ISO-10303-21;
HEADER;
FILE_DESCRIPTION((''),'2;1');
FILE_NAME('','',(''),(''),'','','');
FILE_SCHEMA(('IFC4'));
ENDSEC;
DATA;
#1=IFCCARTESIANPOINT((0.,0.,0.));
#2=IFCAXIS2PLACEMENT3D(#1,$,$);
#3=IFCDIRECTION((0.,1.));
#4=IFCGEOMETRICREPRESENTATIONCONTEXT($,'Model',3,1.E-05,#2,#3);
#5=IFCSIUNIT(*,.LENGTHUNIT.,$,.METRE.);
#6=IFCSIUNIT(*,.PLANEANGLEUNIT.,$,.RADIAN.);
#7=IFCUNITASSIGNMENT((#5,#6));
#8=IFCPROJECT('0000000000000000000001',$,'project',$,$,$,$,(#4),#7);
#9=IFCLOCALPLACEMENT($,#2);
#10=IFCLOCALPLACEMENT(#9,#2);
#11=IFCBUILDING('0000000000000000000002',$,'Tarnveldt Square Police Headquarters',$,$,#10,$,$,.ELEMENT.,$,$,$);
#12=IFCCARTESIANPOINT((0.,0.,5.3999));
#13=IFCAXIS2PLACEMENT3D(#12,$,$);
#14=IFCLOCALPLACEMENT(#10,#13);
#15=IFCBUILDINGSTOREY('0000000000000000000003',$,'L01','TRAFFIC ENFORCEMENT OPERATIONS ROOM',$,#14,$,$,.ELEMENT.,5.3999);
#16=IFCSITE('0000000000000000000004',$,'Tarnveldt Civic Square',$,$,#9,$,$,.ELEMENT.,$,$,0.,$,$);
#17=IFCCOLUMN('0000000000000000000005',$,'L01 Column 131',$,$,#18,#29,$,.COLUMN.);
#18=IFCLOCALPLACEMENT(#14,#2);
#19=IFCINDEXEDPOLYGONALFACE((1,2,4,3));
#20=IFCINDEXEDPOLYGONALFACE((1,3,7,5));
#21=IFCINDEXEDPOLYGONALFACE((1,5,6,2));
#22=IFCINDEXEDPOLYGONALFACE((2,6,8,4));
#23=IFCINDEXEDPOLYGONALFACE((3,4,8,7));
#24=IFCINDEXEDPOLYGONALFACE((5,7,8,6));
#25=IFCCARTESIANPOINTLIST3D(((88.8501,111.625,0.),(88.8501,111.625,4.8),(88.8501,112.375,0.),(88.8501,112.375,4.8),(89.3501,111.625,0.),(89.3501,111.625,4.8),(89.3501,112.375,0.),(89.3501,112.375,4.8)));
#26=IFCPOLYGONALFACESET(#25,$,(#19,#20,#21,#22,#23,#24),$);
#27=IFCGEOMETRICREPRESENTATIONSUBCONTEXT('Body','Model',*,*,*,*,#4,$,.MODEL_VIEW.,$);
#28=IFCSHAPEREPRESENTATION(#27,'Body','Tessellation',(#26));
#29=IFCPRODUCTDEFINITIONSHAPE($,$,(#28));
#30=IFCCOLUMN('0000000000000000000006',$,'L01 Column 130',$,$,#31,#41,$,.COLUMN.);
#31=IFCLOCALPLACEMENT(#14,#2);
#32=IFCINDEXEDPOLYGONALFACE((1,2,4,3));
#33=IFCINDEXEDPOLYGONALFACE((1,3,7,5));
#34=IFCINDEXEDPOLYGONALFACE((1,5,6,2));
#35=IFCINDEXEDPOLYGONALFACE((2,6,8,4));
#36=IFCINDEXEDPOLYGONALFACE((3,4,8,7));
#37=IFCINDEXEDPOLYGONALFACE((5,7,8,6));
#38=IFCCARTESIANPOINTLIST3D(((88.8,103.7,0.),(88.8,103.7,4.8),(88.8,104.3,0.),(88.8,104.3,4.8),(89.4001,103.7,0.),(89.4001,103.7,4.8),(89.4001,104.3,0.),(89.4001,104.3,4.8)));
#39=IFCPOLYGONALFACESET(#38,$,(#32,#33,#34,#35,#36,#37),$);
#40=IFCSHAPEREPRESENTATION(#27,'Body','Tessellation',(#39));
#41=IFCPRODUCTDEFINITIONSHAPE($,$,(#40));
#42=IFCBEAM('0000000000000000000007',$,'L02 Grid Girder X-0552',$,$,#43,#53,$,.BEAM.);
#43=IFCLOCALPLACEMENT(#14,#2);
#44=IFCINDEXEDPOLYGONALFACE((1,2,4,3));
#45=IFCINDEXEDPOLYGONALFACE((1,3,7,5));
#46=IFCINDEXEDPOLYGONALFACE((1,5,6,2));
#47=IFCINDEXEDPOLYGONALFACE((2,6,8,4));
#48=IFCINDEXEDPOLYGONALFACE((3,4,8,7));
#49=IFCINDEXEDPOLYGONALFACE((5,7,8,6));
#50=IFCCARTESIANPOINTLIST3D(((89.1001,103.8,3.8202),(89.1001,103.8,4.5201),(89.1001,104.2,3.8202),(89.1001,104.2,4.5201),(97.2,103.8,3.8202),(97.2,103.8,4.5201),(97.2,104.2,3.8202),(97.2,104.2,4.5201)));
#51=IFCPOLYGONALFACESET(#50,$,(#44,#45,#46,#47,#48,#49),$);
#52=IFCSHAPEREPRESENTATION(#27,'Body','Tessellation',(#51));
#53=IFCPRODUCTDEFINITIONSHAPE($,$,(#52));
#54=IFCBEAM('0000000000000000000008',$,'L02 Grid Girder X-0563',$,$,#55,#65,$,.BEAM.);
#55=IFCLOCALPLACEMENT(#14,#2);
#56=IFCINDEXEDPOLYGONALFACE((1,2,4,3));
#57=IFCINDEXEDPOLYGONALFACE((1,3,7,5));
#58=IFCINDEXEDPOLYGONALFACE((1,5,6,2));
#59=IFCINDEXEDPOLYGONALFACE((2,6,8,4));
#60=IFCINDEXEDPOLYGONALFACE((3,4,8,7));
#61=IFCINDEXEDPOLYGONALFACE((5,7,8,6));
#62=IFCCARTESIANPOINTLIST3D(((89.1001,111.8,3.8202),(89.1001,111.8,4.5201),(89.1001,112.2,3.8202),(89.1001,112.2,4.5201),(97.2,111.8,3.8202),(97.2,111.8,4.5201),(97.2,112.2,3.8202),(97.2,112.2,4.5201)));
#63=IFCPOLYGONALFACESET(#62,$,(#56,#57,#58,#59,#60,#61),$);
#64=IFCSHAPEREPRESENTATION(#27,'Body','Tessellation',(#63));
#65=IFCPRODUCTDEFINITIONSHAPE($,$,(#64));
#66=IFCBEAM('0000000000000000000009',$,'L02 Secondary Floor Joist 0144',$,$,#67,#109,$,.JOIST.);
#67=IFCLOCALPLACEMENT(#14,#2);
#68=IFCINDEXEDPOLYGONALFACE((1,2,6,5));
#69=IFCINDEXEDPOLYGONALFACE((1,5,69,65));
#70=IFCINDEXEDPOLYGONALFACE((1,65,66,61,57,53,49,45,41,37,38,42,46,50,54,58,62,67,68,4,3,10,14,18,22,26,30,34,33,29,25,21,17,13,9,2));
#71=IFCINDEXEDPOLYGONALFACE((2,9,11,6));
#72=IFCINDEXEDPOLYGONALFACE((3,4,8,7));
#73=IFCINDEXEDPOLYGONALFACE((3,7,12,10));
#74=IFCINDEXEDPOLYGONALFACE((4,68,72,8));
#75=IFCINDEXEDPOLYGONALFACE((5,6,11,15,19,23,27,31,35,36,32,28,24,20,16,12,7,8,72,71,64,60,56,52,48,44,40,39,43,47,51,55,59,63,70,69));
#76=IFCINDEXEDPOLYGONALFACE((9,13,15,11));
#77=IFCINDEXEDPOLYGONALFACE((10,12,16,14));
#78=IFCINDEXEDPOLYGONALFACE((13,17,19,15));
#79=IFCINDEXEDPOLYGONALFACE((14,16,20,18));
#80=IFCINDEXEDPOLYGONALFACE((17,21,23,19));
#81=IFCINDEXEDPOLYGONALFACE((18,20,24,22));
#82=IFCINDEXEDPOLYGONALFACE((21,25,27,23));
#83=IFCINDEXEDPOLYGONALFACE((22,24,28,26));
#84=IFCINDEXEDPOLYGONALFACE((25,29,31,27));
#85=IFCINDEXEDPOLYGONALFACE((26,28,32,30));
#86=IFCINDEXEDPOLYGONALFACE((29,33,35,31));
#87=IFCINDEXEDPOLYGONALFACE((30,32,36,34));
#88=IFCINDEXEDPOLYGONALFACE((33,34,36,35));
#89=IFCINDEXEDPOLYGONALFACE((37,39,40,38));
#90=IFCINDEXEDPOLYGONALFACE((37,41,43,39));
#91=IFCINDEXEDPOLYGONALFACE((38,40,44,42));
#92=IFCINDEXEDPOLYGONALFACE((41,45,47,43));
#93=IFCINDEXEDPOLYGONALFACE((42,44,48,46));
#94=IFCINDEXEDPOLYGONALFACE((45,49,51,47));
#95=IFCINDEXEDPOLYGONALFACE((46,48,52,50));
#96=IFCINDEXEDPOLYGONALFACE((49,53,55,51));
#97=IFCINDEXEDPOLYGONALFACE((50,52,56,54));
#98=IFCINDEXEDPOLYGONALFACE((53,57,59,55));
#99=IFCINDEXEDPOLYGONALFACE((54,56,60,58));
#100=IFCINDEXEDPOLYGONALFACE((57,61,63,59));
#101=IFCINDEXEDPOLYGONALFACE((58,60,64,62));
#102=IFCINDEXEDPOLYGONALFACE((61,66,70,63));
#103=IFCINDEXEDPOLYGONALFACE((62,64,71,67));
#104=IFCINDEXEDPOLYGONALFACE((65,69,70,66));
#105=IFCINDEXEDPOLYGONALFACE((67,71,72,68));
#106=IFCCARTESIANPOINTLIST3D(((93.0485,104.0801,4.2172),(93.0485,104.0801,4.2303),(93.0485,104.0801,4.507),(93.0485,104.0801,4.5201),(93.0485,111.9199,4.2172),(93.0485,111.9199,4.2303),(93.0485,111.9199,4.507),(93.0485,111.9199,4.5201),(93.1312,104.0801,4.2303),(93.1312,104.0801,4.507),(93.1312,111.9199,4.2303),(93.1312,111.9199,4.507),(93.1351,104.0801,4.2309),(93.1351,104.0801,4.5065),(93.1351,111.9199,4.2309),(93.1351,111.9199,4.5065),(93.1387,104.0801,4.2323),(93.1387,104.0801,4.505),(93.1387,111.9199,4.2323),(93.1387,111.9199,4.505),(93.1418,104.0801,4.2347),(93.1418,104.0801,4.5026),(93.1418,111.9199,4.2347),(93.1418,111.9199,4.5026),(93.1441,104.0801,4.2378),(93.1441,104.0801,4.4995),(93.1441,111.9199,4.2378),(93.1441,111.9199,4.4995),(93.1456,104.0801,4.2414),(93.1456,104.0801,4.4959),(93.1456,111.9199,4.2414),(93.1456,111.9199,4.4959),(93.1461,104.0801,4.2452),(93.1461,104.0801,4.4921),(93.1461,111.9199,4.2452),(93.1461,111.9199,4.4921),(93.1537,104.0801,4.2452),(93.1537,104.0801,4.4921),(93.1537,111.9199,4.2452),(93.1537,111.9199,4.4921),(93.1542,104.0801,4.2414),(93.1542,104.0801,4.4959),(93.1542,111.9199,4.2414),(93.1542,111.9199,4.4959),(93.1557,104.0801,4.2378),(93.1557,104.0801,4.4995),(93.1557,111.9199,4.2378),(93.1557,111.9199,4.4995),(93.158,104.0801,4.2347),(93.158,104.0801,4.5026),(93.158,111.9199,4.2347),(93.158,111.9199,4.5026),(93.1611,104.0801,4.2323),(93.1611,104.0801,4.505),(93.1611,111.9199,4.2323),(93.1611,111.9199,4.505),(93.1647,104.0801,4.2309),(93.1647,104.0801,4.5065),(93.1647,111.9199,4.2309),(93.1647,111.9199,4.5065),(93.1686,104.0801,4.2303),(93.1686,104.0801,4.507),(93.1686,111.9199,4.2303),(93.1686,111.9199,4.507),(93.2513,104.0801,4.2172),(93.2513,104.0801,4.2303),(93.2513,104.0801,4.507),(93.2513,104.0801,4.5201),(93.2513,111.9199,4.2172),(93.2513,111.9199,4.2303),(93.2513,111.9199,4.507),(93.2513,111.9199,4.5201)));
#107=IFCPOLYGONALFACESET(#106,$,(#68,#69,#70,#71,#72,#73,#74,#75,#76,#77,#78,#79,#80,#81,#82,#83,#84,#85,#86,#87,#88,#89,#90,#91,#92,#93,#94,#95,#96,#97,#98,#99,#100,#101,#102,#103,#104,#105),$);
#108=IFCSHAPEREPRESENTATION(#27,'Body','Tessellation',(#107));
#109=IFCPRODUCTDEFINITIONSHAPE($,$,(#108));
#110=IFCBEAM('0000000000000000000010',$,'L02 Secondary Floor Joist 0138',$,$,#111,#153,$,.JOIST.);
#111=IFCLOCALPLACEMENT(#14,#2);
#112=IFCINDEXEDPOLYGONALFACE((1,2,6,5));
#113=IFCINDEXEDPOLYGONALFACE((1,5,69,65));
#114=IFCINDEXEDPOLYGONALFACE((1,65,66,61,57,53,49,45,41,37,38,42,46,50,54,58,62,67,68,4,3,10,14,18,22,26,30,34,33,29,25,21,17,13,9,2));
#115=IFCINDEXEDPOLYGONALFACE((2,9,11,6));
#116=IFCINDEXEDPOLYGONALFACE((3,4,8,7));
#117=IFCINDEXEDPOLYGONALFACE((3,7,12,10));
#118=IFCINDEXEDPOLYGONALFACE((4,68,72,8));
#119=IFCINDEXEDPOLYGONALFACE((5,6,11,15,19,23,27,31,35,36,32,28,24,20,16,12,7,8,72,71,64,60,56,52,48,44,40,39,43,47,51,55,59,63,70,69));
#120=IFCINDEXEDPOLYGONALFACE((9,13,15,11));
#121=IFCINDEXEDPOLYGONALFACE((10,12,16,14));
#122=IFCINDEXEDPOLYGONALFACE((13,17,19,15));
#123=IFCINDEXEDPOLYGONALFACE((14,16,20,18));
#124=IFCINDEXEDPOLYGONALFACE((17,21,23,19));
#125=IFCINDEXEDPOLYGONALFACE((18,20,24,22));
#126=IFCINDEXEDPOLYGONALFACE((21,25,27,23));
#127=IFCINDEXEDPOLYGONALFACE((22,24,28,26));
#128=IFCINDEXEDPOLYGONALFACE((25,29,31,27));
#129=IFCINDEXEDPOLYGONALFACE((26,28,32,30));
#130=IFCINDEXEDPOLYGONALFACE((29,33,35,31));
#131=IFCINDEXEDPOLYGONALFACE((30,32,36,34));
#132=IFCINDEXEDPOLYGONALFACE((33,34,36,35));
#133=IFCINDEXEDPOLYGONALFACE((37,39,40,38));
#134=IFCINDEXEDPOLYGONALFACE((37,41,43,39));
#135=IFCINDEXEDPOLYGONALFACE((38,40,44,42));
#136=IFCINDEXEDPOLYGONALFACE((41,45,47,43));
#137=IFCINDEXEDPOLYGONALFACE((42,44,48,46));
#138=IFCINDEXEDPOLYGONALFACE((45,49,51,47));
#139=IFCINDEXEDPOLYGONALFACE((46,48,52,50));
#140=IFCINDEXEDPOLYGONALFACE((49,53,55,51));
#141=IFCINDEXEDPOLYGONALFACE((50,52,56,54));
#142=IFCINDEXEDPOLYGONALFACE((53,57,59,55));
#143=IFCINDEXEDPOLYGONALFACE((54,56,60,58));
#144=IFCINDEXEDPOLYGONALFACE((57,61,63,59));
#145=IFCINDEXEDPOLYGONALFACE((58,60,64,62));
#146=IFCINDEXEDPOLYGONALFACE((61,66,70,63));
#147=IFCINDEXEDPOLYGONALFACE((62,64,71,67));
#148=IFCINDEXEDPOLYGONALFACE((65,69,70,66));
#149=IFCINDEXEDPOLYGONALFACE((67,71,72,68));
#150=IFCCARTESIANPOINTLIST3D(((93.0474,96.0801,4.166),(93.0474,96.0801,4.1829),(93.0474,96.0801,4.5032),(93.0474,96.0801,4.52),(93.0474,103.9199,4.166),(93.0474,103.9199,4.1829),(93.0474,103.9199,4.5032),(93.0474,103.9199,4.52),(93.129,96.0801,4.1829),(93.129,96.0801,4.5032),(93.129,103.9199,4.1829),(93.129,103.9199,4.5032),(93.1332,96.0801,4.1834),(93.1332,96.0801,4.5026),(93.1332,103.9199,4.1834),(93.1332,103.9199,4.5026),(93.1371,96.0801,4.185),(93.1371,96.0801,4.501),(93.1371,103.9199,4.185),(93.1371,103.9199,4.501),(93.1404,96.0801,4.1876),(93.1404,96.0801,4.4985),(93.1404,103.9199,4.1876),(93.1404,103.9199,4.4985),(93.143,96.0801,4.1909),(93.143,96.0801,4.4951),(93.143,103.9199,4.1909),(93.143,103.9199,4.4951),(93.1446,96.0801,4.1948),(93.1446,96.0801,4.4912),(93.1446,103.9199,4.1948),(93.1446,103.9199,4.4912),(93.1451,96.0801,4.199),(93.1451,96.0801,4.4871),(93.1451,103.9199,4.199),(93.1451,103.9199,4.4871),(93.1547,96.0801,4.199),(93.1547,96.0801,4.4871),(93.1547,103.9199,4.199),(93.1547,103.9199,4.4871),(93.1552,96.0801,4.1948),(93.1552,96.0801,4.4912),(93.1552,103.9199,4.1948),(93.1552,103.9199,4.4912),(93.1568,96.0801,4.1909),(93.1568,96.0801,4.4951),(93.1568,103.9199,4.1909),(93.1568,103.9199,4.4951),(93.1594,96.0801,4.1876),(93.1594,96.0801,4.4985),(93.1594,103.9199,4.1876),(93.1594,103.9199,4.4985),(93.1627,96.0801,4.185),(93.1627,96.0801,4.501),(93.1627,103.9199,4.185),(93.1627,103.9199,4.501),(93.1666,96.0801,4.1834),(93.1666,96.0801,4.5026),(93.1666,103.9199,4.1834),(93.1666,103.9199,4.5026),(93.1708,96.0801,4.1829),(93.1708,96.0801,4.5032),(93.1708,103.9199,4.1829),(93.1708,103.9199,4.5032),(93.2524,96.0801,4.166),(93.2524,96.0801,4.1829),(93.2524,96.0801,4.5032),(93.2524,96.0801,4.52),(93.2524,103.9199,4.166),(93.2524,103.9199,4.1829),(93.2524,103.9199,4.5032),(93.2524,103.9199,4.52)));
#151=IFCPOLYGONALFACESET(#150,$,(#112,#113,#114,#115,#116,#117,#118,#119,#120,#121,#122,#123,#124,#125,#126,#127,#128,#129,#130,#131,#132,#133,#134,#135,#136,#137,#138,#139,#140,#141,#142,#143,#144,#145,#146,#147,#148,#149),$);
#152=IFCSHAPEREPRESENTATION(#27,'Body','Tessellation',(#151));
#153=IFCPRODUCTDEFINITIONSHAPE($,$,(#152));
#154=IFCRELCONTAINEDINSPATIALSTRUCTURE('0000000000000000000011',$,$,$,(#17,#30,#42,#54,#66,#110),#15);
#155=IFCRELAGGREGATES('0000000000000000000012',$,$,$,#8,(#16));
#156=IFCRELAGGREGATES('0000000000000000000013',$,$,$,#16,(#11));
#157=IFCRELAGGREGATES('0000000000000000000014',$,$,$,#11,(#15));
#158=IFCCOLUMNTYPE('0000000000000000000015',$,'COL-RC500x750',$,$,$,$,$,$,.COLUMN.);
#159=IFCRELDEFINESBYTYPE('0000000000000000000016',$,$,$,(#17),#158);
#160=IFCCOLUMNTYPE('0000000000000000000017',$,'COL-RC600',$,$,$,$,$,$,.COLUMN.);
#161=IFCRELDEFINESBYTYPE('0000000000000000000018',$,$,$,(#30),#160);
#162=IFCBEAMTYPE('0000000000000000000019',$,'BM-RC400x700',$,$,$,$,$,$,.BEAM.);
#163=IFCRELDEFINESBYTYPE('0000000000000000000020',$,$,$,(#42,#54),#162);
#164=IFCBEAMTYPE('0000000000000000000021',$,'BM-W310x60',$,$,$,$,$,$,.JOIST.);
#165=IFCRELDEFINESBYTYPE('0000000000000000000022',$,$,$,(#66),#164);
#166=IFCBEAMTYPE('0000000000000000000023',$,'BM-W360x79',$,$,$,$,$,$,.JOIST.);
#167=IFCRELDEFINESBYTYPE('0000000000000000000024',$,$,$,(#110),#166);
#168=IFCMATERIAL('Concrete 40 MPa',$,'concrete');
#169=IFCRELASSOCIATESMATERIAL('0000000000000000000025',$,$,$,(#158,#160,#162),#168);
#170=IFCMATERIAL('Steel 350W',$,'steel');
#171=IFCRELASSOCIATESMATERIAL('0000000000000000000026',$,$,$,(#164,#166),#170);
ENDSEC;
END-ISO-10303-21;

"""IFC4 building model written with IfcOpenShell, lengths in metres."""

from ifc_helpers import new_model, si_unit, direction, frame, origin, origin_2d, place, context, subcontext, project, spatial, rectangle, i_section, extrude, material, material_profile, profile_set, type_object, element, save


model = new_model("IFC4")

# Units and contexts
model_context = context("Model", 3, precision=1e-05, world=origin(), true_north=direction((0.0, 1.0)))
body_context = subcontext(model_context, "Body", "Model", "MODEL_VIEW")
ifc_project = project(units=[si_unit("LENGTHUNIT", "METRE"), si_unit("PLANEANGLEUNIT", "RADIAN")], contexts=[model_context])

# Site, building, storey
site_placement = place(None, origin())
site = spatial("IfcSite", under=ifc_project, at=site_placement, Name="Tarnveldt Civic Square", CompositionType="ELEMENT", RefElevation=0.0)
building_placement = place(site_placement, origin())
building = spatial("IfcBuilding", under=site, at=building_placement, Name="Tarnveldt Square Police Headquarters", CompositionType="ELEMENT")
storey_placement = place(building_placement, frame((0.0, 0.0, 5.3999)))
storey = spatial("IfcBuildingStorey", under=building, at=storey_placement, Name="L01", Description="TRAFFIC ENFORCEMENT OPERATIONS ROOM", CompositionType="ELEMENT", Elevation=5.3999)

# Columns
ifc_material_1 = material(Name="Concrete 40 MPa", Category="concrete")
ifc_material_profile_1 = material_profile(ifc_material_1, rectangle(XDim=0.5, YDim=0.75, at=origin_2d()), Name="RC-C500x750")
ifc_profile_set_1 = profile_set([ifc_material_profile_1], Name="Concrete 40 MPa")
column_type_1 = type_object("IfcColumnType", Name="COL-RC500x750", PredefinedType="COLUMN", material=ifc_profile_set_1)
column_1_placement = place(storey_placement, frame((89.1001, 112.0, 0.0), z_axis=(0.0, 0.0, 1.0), x_axis=(1.0, 0.0, 0.0)))
element("IfcColumn", 1, at=column_1_placement, inside=storey, type_object=column_type_1, Name="L01 Column 131", PredefinedType="COLUMN", context=body_context, shape_type="SweptSolid", body=[
    extrude(rectangle(XDim=0.5, YDim=0.75, at=origin_2d()), origin(), (0.0, 0.0, 1.0), 4.8),
])
ifc_material_profile_2 = material_profile(ifc_material_1, rectangle(XDim=0.6001, YDim=0.6001, at=origin_2d()), Name="RC-C600x600")
ifc_profile_set_2 = profile_set([ifc_material_profile_2], Name="Concrete 40 MPa")
column_type_2 = type_object("IfcColumnType", Name="COL-RC600", PredefinedType="COLUMN", material=ifc_profile_set_2)
column_2_placement = place(storey_placement, frame((89.1001, 104.0, 0.0), z_axis=(0.0, 0.0, 1.0), x_axis=(1.0, 0.0, 0.0)))
element("IfcColumn", 2, at=column_2_placement, inside=storey, type_object=column_type_2, Name="L01 Column 130", PredefinedType="COLUMN", context=body_context, shape_type="SweptSolid", body=[
    extrude(rectangle(XDim=0.6001, YDim=0.6001, at=origin_2d()), origin(), (0.0, 0.0, 1.0), 4.8),
])

# Beams
ifc_material_profile_3 = material_profile(ifc_material_1, rectangle(XDim=0.3999, YDim=0.7, at=origin_2d()), Name="RC-B400x700")
ifc_profile_set_3 = profile_set([ifc_material_profile_3], Name="Concrete 40 MPa")
beam_type_1 = type_object("IfcBeamType", Name="BM-RC400x700", PredefinedType="BEAM", material=ifc_profile_set_3)
for number, where, z_axis, x_axis, name in (
    (3, (89.1001, 104.0, 4.1702), (1.0, 0.0, 0.0), (0.0, 1.0, 0.0), "L02 Grid Girder X-0552"),
    (4, (89.1001, 112.0, 4.1702), (1.0, 0.0, 0.0), (0.0, 1.0, 0.0), "L02 Grid Girder X-0563"),
):
    element("IfcBeam", number, at=place(storey_placement, frame(where, z_axis=z_axis, x_axis=x_axis)), inside=storey, type_object=beam_type_1, Name=name, PredefinedType="BEAM", context=body_context, shape_type="SweptSolid", body=[
        extrude(rectangle(XDim=0.3999, YDim=0.7, at=origin_2d()), origin(), (0.0, 0.0, 1.0), 8.0999),
    ])
ifc_material_2 = material(Name="Steel 350W", Category="steel")
ifc_material_profile_4 = material_profile(ifc_material_2, i_section(OverallWidth=0.2029, OverallDepth=0.303, WebThickness=0.0076, FlangeThickness=0.0132, FilletRadius=0.0149, at=origin_2d()), Name="W310x60")
ifc_profile_set_4 = profile_set([ifc_material_profile_4], Name="Steel 350W")
beam_type_2 = type_object("IfcBeamType", Name="BM-W310x60", PredefinedType="JOIST", material=ifc_profile_set_4)
beam_1_placement = place(storey_placement, frame((93.1499, 104.0801, 4.3687), z_axis=(0.0, 1.0, 0.0), x_axis=(-1.0, 0.0, 0.0)))
element("IfcBeam", 5, at=beam_1_placement, inside=storey, type_object=beam_type_2, Name="L02 Secondary Floor Joist 0144", PredefinedType="JOIST", context=body_context, shape_type="SweptSolid", body=[
    extrude(i_section(OverallWidth=0.2029, OverallDepth=0.303, WebThickness=0.0076, FlangeThickness=0.0132, FilletRadius=0.0149, at=origin_2d()), origin(), (0.0, 0.0, 1.0), 7.8398),
])
ifc_material_profile_5 = material_profile(ifc_material_2, i_section(OverallWidth=0.2051, OverallDepth=0.354, WebThickness=0.0095, FlangeThickness=0.0168, FilletRadius=0.0161, at=origin_2d()), Name="W360x79")
ifc_profile_set_5 = profile_set([ifc_material_profile_5], Name="Steel 350W")
beam_type_3 = type_object("IfcBeamType", Name="BM-W360x79", PredefinedType="JOIST", material=ifc_profile_set_5)
beam_2_placement = place(storey_placement, frame((93.1499, 96.0801, 4.343), z_axis=(0.0, 1.0, 0.0), x_axis=(-1.0, 0.0, 0.0)))
element("IfcBeam", 6, at=beam_2_placement, inside=storey, type_object=beam_type_3, Name="L02 Secondary Floor Joist 0138", PredefinedType="JOIST", context=body_context, shape_type="SweptSolid", body=[
    extrude(i_section(OverallWidth=0.2051, OverallDepth=0.354, WebThickness=0.0095, FlangeThickness=0.0168, FilletRadius=0.0161, at=origin_2d()), origin(), (0.0, 0.0, 1.0), 7.8398),
])

save(model, "model.ifc")
